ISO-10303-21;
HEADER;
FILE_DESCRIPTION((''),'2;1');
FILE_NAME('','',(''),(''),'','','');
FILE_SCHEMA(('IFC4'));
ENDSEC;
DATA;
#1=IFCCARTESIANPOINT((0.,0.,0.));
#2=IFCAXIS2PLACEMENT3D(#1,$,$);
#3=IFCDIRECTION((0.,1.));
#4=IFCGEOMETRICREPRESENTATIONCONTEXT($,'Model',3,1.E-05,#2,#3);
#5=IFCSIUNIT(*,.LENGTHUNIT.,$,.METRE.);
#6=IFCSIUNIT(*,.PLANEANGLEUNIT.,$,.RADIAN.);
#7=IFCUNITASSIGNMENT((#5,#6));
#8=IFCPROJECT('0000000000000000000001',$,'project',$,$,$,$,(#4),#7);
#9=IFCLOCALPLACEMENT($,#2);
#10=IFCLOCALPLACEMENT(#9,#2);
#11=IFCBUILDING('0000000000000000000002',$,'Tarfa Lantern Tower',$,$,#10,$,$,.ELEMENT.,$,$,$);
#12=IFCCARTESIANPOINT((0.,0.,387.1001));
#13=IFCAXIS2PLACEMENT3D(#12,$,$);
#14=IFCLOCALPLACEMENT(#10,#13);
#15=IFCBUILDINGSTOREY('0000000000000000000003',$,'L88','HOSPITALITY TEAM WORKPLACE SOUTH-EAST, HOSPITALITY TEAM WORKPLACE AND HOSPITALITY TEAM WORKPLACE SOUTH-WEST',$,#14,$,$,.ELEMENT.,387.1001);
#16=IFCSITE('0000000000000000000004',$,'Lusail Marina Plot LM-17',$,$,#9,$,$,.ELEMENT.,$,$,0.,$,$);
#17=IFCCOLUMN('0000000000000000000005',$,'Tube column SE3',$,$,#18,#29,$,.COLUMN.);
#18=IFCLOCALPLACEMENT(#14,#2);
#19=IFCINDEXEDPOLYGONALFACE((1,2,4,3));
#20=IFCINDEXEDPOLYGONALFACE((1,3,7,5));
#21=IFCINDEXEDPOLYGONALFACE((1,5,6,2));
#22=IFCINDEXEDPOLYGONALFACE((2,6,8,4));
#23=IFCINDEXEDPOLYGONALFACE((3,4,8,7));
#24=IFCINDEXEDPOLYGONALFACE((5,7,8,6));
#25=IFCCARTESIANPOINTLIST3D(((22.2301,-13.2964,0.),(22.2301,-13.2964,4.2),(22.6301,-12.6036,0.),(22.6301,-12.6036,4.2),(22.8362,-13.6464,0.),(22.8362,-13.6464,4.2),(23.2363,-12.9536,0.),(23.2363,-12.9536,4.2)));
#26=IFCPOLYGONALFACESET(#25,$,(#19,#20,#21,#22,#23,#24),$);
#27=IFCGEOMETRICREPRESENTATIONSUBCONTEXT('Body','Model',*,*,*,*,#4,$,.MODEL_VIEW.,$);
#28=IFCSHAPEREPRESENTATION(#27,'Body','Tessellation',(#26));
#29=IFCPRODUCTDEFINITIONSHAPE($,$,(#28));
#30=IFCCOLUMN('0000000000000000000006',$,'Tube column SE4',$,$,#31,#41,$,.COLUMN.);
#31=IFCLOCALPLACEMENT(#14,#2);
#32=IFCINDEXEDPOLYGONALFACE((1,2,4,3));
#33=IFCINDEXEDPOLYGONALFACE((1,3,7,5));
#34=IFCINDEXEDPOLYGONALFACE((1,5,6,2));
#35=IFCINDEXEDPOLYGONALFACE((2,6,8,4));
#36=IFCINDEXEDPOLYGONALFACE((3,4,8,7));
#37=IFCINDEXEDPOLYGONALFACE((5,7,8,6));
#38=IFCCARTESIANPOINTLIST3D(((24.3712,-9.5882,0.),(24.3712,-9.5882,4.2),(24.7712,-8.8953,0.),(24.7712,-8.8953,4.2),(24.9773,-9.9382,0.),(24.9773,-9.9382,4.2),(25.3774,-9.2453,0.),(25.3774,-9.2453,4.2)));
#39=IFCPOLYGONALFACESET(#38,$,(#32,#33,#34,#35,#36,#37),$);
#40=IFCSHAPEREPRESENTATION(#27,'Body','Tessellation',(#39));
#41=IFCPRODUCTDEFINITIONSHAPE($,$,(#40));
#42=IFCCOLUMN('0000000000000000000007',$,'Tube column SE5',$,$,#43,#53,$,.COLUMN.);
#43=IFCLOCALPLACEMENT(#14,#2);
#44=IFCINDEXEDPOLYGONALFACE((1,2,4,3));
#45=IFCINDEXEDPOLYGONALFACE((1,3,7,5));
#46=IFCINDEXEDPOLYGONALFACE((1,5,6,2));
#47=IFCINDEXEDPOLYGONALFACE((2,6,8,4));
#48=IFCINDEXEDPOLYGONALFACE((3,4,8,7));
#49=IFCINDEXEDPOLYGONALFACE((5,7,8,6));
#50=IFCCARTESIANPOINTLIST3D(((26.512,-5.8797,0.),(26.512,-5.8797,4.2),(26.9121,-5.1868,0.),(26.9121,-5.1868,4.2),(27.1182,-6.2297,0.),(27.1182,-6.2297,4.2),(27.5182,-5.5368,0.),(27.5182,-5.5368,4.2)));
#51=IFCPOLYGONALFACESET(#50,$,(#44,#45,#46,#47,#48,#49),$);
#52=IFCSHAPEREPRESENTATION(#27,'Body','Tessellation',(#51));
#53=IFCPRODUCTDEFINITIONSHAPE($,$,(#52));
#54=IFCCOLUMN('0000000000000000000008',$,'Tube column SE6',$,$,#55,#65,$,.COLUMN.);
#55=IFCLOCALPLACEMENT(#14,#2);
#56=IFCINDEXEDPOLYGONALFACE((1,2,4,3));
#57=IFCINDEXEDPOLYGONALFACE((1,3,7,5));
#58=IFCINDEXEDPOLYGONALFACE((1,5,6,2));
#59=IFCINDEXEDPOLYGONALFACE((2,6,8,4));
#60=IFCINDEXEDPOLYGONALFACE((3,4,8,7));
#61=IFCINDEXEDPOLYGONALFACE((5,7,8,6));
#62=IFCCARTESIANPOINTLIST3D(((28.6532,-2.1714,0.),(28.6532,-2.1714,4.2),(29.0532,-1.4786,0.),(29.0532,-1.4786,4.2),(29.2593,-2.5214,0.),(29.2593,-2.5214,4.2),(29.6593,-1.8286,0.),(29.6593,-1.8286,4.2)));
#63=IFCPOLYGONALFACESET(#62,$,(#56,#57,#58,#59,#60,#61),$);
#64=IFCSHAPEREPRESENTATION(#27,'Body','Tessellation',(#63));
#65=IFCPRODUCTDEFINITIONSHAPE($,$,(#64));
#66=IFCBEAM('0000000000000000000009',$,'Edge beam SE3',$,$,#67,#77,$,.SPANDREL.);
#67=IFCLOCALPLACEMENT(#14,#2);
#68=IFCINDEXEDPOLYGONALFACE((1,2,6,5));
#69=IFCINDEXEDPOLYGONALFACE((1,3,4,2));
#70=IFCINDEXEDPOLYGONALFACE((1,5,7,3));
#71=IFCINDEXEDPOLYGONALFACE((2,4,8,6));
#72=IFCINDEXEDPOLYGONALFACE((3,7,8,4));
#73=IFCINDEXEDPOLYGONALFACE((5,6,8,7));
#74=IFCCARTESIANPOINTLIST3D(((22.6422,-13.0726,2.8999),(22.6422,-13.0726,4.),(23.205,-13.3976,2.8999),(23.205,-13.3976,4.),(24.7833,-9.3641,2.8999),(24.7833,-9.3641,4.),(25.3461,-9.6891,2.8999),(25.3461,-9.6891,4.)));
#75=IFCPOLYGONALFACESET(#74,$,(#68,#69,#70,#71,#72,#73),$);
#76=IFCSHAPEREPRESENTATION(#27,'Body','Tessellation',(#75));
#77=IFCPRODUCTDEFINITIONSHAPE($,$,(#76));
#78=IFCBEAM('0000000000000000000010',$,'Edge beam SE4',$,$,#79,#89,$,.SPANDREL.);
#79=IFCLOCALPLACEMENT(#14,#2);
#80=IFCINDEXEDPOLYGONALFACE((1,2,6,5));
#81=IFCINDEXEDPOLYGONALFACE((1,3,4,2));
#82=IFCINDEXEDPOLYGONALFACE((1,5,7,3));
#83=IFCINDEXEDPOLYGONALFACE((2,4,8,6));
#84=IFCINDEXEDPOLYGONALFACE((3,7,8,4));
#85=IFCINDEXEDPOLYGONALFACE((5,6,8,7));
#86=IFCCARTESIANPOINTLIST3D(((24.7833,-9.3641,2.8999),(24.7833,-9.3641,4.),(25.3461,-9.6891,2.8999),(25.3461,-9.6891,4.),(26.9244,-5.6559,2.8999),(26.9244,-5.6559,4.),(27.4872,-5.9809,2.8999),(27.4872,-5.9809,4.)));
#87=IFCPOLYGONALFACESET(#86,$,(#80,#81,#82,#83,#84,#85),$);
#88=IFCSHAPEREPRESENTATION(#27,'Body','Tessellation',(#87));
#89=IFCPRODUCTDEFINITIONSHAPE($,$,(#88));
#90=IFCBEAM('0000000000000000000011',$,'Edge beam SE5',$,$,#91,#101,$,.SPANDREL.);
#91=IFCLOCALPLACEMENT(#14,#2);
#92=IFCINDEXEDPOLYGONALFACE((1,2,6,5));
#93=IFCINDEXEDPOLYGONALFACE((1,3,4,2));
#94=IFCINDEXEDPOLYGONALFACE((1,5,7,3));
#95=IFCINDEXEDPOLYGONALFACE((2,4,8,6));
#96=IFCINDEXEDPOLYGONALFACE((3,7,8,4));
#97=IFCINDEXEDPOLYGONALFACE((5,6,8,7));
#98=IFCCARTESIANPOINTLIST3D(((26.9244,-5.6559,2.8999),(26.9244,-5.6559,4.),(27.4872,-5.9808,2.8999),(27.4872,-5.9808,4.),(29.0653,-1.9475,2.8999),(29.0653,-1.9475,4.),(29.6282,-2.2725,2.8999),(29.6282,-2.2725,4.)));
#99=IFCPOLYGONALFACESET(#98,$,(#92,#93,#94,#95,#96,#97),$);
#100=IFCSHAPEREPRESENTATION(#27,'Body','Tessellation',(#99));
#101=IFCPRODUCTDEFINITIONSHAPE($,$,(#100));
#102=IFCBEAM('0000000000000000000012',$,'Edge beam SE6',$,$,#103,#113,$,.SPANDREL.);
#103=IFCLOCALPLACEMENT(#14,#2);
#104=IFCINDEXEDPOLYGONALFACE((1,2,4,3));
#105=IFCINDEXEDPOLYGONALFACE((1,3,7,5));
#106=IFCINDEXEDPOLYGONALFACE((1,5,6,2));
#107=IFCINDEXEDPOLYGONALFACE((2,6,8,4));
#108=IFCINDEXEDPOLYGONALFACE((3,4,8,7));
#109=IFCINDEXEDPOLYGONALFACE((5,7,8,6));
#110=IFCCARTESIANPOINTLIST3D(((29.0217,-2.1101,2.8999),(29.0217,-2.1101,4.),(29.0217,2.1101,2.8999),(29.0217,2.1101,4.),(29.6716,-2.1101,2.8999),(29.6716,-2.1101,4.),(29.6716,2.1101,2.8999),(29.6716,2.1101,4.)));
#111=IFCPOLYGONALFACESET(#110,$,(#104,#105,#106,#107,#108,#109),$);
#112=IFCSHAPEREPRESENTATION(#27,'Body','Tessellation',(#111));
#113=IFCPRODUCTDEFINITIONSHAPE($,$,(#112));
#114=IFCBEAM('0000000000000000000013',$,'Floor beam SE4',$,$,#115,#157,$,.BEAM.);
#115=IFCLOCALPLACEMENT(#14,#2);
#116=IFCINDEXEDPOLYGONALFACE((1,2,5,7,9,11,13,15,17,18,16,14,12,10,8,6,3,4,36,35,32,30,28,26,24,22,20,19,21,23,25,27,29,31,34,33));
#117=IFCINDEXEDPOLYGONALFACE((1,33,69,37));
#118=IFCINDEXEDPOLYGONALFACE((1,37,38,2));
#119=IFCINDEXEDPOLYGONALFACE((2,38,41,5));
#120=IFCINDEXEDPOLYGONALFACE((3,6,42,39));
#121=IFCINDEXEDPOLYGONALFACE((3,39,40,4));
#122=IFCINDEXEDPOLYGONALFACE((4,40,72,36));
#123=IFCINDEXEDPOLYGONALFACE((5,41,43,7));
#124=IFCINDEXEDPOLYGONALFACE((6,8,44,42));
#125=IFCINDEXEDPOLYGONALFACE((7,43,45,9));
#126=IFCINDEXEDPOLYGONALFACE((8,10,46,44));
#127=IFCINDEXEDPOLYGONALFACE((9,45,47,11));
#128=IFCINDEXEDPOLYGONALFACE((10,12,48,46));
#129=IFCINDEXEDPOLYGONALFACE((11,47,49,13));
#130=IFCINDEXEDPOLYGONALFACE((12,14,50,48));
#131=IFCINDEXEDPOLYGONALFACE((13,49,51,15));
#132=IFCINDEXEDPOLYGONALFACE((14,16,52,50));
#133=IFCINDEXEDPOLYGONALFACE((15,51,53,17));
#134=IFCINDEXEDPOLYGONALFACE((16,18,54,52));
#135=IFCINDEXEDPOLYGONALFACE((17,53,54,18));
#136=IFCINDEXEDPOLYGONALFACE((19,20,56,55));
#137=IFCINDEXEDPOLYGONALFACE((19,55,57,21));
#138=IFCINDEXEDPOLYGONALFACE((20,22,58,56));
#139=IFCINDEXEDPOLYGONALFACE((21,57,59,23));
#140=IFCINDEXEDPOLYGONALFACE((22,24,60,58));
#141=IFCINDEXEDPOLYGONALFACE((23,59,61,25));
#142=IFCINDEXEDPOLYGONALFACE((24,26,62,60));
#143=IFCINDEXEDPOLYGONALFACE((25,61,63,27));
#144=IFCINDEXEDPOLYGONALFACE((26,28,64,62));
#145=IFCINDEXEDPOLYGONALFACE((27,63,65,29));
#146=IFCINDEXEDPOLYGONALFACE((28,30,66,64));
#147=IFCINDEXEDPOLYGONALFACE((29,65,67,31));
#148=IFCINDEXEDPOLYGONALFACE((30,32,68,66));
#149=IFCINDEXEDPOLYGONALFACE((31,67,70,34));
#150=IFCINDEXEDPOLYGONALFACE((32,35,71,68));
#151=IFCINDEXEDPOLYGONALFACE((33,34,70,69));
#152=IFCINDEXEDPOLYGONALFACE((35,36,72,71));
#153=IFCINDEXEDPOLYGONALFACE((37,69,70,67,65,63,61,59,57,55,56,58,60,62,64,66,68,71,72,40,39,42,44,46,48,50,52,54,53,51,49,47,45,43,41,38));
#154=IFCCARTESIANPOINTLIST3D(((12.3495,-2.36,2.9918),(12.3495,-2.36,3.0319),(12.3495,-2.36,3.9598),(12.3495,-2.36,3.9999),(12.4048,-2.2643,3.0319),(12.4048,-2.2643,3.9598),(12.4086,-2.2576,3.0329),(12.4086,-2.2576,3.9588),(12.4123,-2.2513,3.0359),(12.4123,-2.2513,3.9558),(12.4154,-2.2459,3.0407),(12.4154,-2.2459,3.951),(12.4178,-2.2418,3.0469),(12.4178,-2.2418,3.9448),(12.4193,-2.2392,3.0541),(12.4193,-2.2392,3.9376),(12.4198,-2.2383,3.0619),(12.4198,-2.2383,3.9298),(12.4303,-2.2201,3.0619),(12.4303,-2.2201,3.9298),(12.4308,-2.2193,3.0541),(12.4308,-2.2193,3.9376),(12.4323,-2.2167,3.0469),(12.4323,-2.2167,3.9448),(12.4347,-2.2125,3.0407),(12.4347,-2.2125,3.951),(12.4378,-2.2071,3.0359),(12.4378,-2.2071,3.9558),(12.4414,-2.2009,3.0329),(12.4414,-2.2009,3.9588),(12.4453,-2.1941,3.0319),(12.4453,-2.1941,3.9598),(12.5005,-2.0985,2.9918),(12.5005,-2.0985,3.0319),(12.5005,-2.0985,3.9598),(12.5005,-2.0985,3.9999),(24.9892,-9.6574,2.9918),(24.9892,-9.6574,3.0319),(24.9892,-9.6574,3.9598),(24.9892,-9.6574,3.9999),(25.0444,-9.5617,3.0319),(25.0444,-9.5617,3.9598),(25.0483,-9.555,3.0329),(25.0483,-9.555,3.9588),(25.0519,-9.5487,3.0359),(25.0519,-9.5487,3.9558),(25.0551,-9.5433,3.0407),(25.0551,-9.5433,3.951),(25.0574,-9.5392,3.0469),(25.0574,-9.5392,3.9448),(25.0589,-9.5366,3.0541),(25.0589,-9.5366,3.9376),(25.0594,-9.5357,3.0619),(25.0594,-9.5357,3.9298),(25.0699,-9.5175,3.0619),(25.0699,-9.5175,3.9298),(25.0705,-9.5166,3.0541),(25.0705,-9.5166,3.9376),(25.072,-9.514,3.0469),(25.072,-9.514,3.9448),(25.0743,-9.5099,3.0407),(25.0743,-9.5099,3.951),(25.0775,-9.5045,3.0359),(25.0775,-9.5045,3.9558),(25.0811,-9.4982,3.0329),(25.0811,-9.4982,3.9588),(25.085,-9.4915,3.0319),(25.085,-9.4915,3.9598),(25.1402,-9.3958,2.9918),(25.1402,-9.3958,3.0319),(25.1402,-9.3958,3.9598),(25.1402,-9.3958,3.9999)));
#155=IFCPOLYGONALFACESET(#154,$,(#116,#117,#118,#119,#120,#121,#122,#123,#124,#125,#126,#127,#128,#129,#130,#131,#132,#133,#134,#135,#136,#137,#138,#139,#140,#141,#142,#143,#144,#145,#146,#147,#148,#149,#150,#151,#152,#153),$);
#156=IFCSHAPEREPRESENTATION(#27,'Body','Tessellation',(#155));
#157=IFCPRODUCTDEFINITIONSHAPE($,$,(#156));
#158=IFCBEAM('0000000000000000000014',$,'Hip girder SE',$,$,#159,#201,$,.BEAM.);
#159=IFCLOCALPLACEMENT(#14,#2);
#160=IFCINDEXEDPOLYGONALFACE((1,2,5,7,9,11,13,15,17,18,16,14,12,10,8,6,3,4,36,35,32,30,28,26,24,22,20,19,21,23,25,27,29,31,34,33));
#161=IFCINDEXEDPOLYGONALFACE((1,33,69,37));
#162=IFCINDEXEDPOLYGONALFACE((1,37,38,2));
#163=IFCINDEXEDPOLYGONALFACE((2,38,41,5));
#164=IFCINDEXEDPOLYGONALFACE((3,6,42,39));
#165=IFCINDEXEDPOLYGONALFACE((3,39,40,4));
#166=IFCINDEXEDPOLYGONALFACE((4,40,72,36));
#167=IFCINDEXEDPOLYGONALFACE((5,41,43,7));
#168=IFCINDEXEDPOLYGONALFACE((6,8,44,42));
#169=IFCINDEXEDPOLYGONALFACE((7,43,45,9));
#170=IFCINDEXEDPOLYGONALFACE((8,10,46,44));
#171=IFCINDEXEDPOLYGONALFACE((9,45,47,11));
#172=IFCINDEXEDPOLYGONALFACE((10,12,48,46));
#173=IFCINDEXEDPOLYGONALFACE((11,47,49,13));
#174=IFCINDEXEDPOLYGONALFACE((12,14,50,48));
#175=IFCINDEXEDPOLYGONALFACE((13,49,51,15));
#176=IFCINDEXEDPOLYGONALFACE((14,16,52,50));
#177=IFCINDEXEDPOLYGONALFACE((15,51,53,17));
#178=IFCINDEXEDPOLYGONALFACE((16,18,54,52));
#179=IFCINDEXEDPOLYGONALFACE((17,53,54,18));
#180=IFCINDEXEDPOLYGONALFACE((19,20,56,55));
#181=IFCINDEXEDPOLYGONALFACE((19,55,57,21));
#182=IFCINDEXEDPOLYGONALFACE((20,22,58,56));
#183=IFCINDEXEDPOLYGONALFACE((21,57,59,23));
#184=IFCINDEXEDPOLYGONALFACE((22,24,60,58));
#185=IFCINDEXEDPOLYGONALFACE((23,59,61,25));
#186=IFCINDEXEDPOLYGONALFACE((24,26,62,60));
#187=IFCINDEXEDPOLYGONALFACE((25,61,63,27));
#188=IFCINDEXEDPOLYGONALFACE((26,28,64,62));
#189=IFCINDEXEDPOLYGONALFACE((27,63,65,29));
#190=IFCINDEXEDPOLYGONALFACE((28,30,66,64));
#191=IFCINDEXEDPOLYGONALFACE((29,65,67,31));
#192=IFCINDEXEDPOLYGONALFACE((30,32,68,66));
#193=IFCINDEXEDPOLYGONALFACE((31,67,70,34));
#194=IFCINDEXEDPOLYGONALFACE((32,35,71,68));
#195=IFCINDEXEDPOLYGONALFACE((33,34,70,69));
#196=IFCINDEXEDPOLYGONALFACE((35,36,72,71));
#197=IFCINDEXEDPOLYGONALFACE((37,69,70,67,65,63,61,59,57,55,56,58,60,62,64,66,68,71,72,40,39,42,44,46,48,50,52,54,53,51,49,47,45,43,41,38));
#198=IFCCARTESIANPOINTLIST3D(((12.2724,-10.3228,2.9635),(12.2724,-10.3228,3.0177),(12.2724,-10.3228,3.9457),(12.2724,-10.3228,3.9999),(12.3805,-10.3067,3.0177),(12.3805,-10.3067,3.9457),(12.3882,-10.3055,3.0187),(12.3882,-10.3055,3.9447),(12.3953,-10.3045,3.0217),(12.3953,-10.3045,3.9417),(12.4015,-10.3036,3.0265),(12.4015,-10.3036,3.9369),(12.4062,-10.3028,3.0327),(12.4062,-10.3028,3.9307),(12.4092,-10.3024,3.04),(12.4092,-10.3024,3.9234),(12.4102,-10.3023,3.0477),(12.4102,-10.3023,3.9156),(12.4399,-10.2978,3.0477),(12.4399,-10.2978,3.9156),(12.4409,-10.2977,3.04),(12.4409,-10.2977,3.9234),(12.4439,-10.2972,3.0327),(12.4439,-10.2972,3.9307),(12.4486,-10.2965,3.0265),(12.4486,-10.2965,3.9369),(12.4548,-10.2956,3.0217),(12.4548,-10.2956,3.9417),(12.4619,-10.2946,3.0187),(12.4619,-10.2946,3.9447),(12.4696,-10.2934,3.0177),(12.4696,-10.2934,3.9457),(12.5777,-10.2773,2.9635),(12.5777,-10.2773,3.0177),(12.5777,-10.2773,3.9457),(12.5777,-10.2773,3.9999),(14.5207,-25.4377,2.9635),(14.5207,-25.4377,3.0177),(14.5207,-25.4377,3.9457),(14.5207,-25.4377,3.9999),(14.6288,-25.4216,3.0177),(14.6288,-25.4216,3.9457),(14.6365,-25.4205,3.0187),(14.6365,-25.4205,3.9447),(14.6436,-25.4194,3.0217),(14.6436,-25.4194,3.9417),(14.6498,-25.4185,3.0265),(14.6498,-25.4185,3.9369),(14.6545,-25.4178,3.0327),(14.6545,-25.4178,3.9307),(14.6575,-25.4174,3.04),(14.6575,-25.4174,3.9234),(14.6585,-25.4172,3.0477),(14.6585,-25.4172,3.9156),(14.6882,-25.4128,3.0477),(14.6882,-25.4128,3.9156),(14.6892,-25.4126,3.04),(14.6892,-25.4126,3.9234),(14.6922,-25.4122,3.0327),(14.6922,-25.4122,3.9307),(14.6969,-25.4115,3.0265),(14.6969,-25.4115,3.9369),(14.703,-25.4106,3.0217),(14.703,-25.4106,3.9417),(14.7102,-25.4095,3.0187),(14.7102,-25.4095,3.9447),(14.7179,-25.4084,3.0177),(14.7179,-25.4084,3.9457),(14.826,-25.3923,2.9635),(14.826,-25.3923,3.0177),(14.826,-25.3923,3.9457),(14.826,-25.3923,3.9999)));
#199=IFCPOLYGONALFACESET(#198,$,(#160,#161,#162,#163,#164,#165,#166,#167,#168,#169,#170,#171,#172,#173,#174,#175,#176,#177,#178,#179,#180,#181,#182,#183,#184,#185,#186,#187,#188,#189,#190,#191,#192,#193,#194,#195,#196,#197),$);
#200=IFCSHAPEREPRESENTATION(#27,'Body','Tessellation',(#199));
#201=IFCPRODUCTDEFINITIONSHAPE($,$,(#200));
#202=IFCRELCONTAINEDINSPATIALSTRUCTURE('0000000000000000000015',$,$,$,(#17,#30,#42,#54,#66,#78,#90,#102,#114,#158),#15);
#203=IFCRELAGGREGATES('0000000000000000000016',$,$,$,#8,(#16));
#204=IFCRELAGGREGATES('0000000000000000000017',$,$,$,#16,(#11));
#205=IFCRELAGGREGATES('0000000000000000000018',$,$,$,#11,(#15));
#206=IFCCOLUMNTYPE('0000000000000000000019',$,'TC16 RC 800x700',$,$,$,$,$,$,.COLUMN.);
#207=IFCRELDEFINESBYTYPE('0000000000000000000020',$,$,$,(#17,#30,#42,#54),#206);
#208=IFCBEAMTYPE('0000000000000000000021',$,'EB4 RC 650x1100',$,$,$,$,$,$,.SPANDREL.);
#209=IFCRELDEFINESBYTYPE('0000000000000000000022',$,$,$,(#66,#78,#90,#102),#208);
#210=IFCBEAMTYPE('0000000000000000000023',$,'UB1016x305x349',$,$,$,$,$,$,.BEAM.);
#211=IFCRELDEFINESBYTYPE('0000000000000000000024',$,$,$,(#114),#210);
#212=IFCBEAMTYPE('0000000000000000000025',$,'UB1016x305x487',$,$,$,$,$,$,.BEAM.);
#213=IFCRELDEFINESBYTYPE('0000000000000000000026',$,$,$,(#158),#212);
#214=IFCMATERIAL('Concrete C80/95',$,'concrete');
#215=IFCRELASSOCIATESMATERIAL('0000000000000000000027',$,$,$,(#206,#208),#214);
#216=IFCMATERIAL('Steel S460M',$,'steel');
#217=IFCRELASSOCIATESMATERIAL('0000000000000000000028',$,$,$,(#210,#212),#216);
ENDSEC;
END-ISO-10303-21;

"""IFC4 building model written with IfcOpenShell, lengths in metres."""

from ifc_helpers import new_model, si_unit, direction, frame, origin, origin_2d, place, context, subcontext, project, spatial, rectangle, i_section, extrude, material, material_profile, profile_set, type_object, element, save


model = new_model("IFC4")

# Units and contexts
model_context = context("Model", 3, precision=1e-05, world=origin(), true_north=direction((0.0, 1.0)))
body_context = subcontext(model_context, "Body", "Model", "MODEL_VIEW")
ifc_project = project(units=[si_unit("LENGTHUNIT", "METRE"), si_unit("PLANEANGLEUNIT", "RADIAN")], contexts=[model_context])

# Site, building, storey
site_placement = place(None, origin())
site = spatial("IfcSite", under=ifc_project, at=site_placement, Name="Lusail Marina Plot LM-17", CompositionType="ELEMENT", RefElevation=0.0)
building_placement = place(site_placement, origin())
building = spatial("IfcBuilding", under=site, at=building_placement, Name="Tarfa Lantern Tower", CompositionType="ELEMENT")
storey_placement = place(building_placement, frame((0.0, 0.0, 387.1001)))
storey = spatial("IfcBuildingStorey", under=building, at=storey_placement, Name="L88", Description="HOSPITALITY TEAM WORKPLACE SOUTH-EAST, HOSPITALITY TEAM WORKPLACE AND HOSPITALITY TEAM WORKPLACE SOUTH-WEST", CompositionType="ELEMENT", Elevation=387.1001)

# Columns
ifc_material_1 = material(Name="Concrete C80/95", Category="concrete")
ifc_material_profile_1 = material_profile(ifc_material_1, rectangle(XDim=0.8, YDim=0.7, at=origin_2d()), Name="RC 800x700")
ifc_profile_set_1 = profile_set([ifc_material_profile_1], Name="Concrete C80/95")
column_type = type_object("IfcColumnType", Name="TC16 RC 800x700", PredefinedType="COLUMN", material=ifc_profile_set_1)
for number, where, z_axis, x_axis, name in (
    (1, (22.7332, -13.125, 0.0), (0.0, 0.0, 1.0), (0.5, 0.866025, 0.0), "Tube column SE3"),
    (2, (24.8743, -9.4167, 0.0), (0.0, 0.0, 1.0), (0.5, 0.866025, 0.0), "Tube column SE4"),
    (3, (27.0151, -5.7083, 0.0), (0.0, 0.0, 1.0), (0.5, 0.866025, 0.0), "Tube column SE5"),
    (4, (29.1562, -2.0, 0.0), (0.0, 0.0, 1.0), (0.5, 0.866025, 0.0), "Tube column SE6"),
):
    element("IfcColumn", number, at=place(storey_placement, frame(where, z_axis=z_axis, x_axis=x_axis)), inside=storey, type_object=column_type, Name=name, PredefinedType="COLUMN", context=body_context, shape_type="SweptSolid", body=[
        extrude(rectangle(XDim=0.8, YDim=0.7, at=origin_2d()), origin(), (0.0, 0.0, 1.0), 4.2),
    ])

# Beams
ifc_material_profile_2 = material_profile(ifc_material_1, rectangle(XDim=0.6499, YDim=1.1001, at=origin_2d()), Name="RC 650x1100")
ifc_profile_set_2 = profile_set([ifc_material_profile_2], Name="Concrete C80/95")
beam_type_1 = type_object("IfcBeamType", Name="EB4 RC 650x1100", PredefinedType="SPANDREL", material=ifc_profile_set_2)
beam_1_placement = place(storey_placement, frame((22.9236, -13.2351, 3.45), z_axis=(0.500002, 0.866024, 0.0), x_axis=(-0.866024, 0.500002, 0.0)))
element("IfcBeam", 5, at=beam_1_placement, inside=storey, type_object=beam_type_1, Name="Edge beam SE3", PredefinedType="SPANDREL", context=body_context, shape_type="SweptSolid", body=[
    extrude(rectangle(XDim=0.6499, YDim=1.1001, at=origin_2d()), origin(), (0.0, 0.0, 1.0), 4.2822),
])
for number, where, z_axis, x_axis, name in (
    (6, (25.0647, -9.5266, 3.45), (0.500027, 0.86601, 0.0), (-0.86601, 0.500027, 0.0), "Edge beam SE4"),
    (7, (27.2058, -5.8184, 3.45), (0.499984, 0.866035, 0.0), (-0.866035, 0.499984, 0.0), "Edge beam SE5"),
):
    element("IfcBeam", number, at=place(storey_placement, frame(where, z_axis=z_axis, x_axis=x_axis)), inside=storey, type_object=beam_type_1, Name=name, PredefinedType="SPANDREL", context=body_context, shape_type="SweptSolid", body=[
        extrude(rectangle(XDim=0.6499, YDim=1.1001, at=origin_2d()), origin(), (0.0, 0.0, 1.0), 4.282),
    ])
beam_2_placement = place(storey_placement, frame((29.3467, -2.1101, 3.45), z_axis=(0.0, 1.0, 0.0), x_axis=(-1.0, 0.0, 0.0)))
element("IfcBeam", 8, at=beam_2_placement, inside=storey, type_object=beam_type_1, Name="Edge beam SE6", PredefinedType="SPANDREL", context=body_context, shape_type="SweptSolid", body=[
    extrude(rectangle(XDim=0.6499, YDim=1.1001, at=origin_2d()), origin(), (0.0, 0.0, 1.0), 4.2202),
])
ifc_material_2 = material(Name="Steel S460M", Category="steel")
ifc_material_profile_3 = material_profile(ifc_material_2, i_section(OverallWidth=0.302, OverallDepth=1.0081, WebThickness=0.021, FlangeThickness=0.04, FilletRadius=0.03, at=origin_2d()), Name="UB1016x305x349")
ifc_profile_set_3 = profile_set([ifc_material_profile_3], Name="Steel S460M")
beam_type_2 = type_object("IfcBeamType", Name="UB1016x305x349", PredefinedType="BEAM", material=ifc_profile_set_3)
beam_3_placement = place(storey_placement, frame((25.0647, -9.5266, 3.4958), z_axis=(-0.86603, 0.499993, 0.0), x_axis=(-0.499993, -0.86603, 0.0)))
element("IfcBeam", 9, at=beam_3_placement, inside=storey, type_object=beam_type_2, Name="Floor beam SE4", PredefinedType="BEAM", context=body_context, shape_type="SweptSolid", body=[
    extrude(i_section(OverallWidth=0.302, OverallDepth=1.0081, WebThickness=0.021, FlangeThickness=0.04, FilletRadius=0.03, at=origin_2d()), origin(), (0.0, 0.0, 1.0), 14.595),
])
ifc_material_profile_4 = material_profile(ifc_material_2, i_section(OverallWidth=0.3086, OverallDepth=1.0364, WebThickness=0.03, FlangeThickness=0.0542, FilletRadius=0.03, at=origin_2d()), Name="UB1016x305x487")
ifc_profile_set_4 = profile_set([ifc_material_profile_4], Name="Steel S460M")
beam_type_3 = type_object("IfcBeamType", Name="UB1016x305x487", PredefinedType="BEAM", material=ifc_profile_set_4)
beam_4_placement = place(storey_placement, frame((12.425, -10.3, 3.4817), z_axis=(0.147127, -0.989118, 0.0), x_axis=(0.989118, 0.147127, 0.0)))
element("IfcBeam", 10, at=beam_4_placement, inside=storey, type_object=beam_type_3, Name="Hip girder SE", PredefinedType="BEAM", context=body_context, shape_type="SweptSolid", body=[
    extrude(i_section(OverallWidth=0.3086, OverallDepth=1.0364, WebThickness=0.03, FlangeThickness=0.0542, FilletRadius=0.03, at=origin_2d()), origin(), (0.0, 0.0, 1.0), 15.2812),
])

save(model, "model.ifc")
